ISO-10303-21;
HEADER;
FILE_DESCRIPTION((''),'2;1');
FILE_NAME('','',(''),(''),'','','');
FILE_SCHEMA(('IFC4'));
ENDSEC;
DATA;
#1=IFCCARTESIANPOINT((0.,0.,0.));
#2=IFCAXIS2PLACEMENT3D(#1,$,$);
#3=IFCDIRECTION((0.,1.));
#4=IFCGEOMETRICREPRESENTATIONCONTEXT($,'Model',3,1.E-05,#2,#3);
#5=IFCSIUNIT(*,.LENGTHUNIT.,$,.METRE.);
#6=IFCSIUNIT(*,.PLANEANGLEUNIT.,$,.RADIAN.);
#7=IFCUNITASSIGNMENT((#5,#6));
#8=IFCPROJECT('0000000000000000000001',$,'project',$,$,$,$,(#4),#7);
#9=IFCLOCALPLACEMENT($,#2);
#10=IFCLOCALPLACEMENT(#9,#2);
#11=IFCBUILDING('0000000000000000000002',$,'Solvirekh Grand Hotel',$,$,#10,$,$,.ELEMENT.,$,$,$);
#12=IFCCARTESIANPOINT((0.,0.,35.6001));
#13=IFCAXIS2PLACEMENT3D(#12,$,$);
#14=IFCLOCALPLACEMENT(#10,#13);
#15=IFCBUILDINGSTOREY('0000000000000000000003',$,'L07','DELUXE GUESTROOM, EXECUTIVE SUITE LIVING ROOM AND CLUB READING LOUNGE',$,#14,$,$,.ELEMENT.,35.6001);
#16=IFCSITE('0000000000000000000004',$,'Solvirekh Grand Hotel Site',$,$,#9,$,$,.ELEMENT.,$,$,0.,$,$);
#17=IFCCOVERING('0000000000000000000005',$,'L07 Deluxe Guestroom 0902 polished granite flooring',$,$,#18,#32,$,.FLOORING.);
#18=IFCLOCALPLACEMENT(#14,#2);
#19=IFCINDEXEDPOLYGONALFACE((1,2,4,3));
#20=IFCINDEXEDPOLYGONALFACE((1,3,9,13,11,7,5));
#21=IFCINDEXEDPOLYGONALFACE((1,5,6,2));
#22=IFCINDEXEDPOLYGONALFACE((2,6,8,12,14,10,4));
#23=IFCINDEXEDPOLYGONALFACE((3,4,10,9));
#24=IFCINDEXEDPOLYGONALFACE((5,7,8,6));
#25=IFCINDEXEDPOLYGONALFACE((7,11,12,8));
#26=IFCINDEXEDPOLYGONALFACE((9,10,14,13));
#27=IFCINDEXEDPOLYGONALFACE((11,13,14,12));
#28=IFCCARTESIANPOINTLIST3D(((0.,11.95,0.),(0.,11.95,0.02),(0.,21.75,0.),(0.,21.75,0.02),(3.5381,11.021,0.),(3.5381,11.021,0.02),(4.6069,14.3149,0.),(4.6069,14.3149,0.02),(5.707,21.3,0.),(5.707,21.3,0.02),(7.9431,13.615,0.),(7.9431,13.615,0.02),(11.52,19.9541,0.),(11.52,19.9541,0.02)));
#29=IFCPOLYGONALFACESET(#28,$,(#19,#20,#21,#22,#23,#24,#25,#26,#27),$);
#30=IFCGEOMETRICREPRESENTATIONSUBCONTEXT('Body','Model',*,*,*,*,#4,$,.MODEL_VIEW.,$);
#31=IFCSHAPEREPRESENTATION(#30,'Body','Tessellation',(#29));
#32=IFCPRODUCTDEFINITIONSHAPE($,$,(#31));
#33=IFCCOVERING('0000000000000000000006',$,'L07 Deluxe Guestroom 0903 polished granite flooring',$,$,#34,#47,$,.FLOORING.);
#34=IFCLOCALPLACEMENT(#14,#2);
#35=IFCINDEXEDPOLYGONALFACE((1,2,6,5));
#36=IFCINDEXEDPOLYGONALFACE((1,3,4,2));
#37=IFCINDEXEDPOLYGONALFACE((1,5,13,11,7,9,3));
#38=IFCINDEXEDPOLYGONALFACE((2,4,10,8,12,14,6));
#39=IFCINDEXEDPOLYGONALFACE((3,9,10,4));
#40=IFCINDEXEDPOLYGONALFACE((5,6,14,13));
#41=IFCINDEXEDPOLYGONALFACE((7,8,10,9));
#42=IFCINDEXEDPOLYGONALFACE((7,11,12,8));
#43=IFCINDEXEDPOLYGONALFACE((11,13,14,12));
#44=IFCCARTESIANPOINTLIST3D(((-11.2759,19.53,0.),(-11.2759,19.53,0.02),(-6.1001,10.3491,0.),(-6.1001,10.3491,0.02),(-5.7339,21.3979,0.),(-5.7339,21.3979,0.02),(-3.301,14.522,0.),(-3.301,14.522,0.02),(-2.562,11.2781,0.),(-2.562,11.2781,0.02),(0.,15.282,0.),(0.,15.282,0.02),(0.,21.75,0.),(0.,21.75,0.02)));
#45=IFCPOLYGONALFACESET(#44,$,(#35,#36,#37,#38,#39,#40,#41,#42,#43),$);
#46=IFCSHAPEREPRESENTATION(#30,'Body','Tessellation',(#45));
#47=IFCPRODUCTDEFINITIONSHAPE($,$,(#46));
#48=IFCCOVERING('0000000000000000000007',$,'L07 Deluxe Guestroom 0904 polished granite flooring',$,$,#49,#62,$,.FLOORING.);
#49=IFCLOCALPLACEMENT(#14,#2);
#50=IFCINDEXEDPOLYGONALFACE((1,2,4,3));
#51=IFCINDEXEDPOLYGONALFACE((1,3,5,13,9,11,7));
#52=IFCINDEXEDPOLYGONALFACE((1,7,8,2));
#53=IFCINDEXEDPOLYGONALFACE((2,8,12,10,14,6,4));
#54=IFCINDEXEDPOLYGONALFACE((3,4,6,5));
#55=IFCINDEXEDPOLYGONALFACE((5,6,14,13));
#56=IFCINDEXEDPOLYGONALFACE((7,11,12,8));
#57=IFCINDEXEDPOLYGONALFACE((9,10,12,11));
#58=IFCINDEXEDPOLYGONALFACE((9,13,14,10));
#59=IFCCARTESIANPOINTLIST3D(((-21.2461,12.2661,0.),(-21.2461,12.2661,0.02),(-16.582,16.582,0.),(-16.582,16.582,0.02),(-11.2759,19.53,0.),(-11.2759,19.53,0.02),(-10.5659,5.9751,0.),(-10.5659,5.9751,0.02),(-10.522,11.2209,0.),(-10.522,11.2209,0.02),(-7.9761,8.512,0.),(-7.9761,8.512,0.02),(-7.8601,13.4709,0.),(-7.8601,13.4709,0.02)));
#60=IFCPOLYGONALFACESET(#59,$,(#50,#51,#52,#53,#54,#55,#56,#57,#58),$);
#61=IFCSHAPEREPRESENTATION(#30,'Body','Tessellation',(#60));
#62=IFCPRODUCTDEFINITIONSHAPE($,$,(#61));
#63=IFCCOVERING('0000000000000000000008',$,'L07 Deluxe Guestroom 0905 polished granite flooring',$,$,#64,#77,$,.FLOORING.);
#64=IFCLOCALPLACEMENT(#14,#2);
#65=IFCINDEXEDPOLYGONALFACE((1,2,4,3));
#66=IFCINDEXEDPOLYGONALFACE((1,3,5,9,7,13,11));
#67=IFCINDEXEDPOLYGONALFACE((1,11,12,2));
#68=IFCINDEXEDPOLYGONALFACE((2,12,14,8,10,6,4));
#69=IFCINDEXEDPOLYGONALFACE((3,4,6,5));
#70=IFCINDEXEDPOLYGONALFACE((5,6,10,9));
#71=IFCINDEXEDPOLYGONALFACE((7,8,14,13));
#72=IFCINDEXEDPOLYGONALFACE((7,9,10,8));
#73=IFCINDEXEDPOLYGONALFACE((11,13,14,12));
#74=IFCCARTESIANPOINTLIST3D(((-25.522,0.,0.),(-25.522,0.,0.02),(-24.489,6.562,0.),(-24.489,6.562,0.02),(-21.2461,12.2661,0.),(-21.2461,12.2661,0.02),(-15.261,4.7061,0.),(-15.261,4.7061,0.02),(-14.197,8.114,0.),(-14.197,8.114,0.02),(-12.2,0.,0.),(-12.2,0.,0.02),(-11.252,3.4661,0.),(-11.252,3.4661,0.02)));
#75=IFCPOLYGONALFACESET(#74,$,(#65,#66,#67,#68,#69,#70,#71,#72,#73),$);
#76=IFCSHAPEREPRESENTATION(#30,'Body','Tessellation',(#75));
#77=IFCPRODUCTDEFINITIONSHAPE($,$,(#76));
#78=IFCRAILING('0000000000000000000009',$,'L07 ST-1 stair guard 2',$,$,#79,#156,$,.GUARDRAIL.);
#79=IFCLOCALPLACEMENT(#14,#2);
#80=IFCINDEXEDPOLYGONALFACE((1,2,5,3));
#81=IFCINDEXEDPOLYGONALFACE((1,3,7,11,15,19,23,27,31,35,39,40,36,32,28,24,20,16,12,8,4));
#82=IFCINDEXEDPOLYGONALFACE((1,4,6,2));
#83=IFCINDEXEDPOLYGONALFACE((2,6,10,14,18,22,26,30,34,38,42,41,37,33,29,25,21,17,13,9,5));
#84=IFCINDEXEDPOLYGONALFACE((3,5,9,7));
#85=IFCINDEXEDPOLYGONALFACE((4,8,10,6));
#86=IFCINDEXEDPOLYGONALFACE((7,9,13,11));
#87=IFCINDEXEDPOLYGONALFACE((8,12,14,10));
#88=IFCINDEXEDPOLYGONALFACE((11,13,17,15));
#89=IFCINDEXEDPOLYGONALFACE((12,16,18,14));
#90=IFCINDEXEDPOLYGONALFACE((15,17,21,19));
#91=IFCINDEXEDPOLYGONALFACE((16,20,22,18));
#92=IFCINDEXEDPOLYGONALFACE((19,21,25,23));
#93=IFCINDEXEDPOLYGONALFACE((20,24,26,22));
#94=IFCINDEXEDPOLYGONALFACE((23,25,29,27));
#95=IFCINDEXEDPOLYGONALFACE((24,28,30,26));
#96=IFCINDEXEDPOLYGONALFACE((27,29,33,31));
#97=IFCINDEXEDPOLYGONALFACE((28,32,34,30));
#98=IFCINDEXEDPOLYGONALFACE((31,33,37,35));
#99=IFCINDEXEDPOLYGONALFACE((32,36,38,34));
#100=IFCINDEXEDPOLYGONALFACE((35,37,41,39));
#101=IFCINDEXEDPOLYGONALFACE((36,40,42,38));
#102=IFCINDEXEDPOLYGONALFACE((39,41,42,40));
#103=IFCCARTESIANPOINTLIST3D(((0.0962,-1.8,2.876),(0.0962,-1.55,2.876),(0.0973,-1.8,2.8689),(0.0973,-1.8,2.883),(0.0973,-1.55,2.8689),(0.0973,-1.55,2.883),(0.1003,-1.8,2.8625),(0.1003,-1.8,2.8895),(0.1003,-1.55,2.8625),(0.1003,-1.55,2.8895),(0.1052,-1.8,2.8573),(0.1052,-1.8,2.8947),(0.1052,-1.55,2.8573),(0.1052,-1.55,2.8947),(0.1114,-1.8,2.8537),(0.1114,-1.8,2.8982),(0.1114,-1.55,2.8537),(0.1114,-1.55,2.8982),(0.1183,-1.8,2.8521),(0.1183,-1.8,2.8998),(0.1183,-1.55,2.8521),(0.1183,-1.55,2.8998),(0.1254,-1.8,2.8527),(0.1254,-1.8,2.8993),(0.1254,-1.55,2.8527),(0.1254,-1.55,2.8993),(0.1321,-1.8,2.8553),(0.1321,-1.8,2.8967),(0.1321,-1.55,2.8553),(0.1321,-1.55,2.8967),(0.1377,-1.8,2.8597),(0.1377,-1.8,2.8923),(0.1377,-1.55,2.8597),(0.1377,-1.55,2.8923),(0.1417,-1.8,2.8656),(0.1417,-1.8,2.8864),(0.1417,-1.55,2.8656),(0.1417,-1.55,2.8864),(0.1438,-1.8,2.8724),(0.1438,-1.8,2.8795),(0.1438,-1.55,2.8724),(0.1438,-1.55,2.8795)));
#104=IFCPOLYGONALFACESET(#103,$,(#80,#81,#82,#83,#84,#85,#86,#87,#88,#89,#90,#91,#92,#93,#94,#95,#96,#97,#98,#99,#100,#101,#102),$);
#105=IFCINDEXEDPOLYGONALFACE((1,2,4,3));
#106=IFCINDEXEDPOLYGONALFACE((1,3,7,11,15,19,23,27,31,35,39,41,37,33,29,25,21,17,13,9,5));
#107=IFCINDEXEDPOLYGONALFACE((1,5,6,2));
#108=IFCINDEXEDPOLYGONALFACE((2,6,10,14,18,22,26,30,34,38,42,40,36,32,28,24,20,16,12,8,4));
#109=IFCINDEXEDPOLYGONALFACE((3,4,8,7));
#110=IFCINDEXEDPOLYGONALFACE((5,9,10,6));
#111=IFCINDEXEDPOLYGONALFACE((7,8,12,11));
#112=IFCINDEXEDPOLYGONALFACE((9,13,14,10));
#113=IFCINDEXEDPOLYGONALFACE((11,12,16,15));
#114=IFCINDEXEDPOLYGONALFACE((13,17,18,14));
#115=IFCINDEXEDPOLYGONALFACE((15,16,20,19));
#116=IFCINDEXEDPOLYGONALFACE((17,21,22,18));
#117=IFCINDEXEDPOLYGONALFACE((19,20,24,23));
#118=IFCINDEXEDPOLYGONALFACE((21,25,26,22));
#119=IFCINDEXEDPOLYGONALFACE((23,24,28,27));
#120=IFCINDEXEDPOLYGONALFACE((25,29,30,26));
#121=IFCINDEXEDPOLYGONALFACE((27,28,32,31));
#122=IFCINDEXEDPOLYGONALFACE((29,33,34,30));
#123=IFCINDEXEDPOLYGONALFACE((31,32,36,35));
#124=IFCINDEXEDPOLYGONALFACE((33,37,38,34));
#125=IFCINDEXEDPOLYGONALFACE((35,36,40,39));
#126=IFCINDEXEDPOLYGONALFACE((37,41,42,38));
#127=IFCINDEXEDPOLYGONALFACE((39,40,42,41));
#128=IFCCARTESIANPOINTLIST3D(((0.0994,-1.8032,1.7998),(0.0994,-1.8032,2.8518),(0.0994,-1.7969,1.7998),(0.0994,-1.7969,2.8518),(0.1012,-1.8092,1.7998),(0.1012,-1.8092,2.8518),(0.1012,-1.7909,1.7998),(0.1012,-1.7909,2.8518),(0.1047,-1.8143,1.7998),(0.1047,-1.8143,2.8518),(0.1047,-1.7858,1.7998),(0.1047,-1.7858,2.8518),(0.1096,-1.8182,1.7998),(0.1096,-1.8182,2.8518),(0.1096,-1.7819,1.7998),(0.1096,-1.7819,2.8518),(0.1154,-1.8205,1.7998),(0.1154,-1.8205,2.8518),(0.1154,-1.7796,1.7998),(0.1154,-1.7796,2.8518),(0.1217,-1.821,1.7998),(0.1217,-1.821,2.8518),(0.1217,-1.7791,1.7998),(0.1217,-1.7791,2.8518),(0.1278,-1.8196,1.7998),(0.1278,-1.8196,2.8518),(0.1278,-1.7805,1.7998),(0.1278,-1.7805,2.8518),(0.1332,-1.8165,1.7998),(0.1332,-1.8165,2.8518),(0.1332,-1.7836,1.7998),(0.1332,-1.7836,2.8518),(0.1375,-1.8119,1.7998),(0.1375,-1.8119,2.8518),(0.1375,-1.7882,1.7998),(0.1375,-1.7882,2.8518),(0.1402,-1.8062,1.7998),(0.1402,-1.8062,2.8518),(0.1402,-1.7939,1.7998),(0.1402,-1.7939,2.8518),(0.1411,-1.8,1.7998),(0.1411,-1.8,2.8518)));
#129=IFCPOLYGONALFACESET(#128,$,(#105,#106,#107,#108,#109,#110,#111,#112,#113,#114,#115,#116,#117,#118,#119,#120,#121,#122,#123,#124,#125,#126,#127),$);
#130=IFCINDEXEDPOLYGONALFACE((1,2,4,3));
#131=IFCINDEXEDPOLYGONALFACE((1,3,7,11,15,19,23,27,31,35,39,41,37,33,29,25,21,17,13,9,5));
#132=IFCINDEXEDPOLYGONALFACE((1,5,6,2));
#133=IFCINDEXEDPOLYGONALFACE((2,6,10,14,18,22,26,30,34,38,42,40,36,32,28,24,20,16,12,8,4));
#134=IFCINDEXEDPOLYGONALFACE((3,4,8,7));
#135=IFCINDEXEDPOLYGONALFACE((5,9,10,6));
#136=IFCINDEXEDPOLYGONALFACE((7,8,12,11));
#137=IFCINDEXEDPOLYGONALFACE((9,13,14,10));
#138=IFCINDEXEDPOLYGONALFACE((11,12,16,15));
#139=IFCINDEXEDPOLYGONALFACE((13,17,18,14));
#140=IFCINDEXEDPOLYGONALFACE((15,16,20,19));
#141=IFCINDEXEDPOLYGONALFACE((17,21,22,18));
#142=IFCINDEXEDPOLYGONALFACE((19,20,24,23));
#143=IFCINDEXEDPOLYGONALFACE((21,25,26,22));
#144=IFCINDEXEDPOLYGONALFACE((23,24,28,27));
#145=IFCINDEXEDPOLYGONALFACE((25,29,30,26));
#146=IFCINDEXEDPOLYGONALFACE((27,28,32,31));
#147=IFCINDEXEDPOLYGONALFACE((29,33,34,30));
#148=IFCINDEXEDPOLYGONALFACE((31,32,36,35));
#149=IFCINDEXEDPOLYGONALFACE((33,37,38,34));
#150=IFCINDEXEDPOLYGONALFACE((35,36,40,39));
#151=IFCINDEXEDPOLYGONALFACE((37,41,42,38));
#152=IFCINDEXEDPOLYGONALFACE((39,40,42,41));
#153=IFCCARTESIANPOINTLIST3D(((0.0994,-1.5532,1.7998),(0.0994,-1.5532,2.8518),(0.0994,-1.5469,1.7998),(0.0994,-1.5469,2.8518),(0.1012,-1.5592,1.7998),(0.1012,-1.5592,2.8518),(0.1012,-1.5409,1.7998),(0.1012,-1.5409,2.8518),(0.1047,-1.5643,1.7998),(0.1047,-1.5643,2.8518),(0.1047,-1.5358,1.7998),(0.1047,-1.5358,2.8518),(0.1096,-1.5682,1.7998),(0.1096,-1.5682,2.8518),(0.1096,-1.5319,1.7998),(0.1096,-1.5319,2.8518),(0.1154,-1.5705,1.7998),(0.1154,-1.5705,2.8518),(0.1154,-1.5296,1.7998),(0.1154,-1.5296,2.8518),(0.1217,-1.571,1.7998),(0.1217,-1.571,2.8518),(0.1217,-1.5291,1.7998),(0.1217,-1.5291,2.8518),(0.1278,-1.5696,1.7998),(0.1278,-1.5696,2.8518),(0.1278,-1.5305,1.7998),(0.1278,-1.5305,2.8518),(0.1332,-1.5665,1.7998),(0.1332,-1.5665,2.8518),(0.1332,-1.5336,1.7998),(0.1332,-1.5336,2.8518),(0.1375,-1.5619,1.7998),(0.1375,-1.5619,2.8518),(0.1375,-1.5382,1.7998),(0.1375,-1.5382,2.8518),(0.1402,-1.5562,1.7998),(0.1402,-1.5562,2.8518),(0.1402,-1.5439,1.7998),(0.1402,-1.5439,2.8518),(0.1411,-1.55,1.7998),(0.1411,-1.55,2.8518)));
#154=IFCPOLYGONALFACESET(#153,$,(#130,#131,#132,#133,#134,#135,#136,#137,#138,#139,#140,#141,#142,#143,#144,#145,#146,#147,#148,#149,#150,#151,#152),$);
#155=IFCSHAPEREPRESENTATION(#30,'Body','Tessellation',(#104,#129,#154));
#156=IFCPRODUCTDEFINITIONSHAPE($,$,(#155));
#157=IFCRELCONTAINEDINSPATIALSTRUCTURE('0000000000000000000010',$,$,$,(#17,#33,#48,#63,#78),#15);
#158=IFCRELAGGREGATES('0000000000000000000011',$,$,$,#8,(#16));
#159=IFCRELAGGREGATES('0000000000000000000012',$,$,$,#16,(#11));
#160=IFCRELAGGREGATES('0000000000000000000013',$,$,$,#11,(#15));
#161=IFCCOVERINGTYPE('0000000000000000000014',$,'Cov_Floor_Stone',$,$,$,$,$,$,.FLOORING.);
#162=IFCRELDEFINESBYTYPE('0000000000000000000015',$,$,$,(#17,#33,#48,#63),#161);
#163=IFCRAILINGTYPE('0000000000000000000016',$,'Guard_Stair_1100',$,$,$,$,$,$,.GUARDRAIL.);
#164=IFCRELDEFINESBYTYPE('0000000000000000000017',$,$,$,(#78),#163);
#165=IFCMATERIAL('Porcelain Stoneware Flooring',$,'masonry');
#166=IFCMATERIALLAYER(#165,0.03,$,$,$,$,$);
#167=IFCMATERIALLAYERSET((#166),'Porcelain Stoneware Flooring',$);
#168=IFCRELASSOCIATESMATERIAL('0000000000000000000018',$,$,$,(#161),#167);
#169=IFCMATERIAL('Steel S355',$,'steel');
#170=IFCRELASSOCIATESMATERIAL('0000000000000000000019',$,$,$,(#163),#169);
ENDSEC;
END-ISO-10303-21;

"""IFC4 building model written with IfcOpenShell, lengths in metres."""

from ifc_helpers import new_model, si_unit, direction, frame, origin, origin_2d, place, context, subcontext, project, spatial, polyline, circle, outline, extrude, material, layer, layer_set, type_object, element, save


model = new_model("IFC4")

# Units and contexts
model_context = context("Model", 3, precision=1e-05, world=origin(), true_north=direction((0.0, 1.0)))
body_context = subcontext(model_context, "Body", "Model", "MODEL_VIEW")
ifc_project = project(units=[si_unit("LENGTHUNIT", "METRE"), si_unit("PLANEANGLEUNIT", "RADIAN")], contexts=[model_context])

# Site, building, storey
site_placement = place(None, origin())
site = spatial("IfcSite", under=ifc_project, at=site_placement, Name="Solvirekh Grand Hotel Site", CompositionType="ELEMENT", RefElevation=0.0)
building_placement = place(site_placement, origin())
building = spatial("IfcBuilding", under=site, at=building_placement, Name="Solvirekh Grand Hotel", CompositionType="ELEMENT")
storey_placement = place(building_placement, frame((0.0, 0.0, 35.6001)))
storey = spatial("IfcBuildingStorey", under=building, at=storey_placement, Name="L07", Description="DELUXE GUESTROOM, EXECUTIVE SUITE LIVING ROOM AND CLUB READING LOUNGE", CompositionType="ELEMENT", Elevation=35.6001)

# Coverings
ifc_material_1 = material(Name="Porcelain Stoneware Flooring", Category="masonry")
ifc_layer_1 = layer(ifc_material_1, 0.03)
ifc_layer_set_1 = layer_set([ifc_layer_1], Name="Porcelain Stoneware Flooring")
covering_type_1 = type_object("IfcCoveringType", Name="Cov_Floor_Stone", PredefinedType="FLOORING", material=ifc_layer_set_1)
covering_1_placement = place(storey_placement, origin())
element("IfcCovering", 1, at=covering_1_placement, inside=storey, type_object=covering_type_1, Name="L07 Deluxe Guestroom 0902 polished granite flooring", PredefinedType="FLOORING", context=body_context, shape_type="SweptSolid", body=[
    extrude(outline(polyline([(4.6069, 14.3149), (7.9431, 13.615), (11.52, 19.9541), (5.707, 21.3), (0.0, 21.75), (0.0, 11.95), (3.5381, 11.021), (4.6069, 14.3149)])), origin(), (0.0, 0.0, 1.0), 0.02),
])
covering_2_placement = place(storey_placement, origin())
element("IfcCovering", 2, at=covering_2_placement, inside=storey, type_object=covering_type_1, Name="L07 Deluxe Guestroom 0903 polished granite flooring", PredefinedType="FLOORING", context=body_context, shape_type="SweptSolid", body=[
    extrude(outline(polyline([(-3.301, 14.522), (0.0, 15.282), (0.0, 21.75), (-5.7339, 21.3979), (-11.2759, 19.53), (-6.1001, 10.3491), (-2.562, 11.2781), (-3.301, 14.522)])), origin(), (0.0, 0.0, 1.0), 0.02),
])
covering_3_placement = place(storey_placement, origin())
element("IfcCovering", 3, at=covering_3_placement, inside=storey, type_object=covering_type_1, Name="L07 Deluxe Guestroom 0904 polished granite flooring", PredefinedType="FLOORING", context=body_context, shape_type="SweptSolid", body=[
    extrude(outline(polyline([(-10.522, 11.2209), (-7.8601, 13.4709), (-11.2759, 19.53), (-16.582, 16.582), (-21.2461, 12.2661), (-10.5659, 5.9751), (-7.9761, 8.512), (-10.522, 11.2209)])), origin(), (0.0, 0.0, 1.0), 0.02),
])
covering_4_placement = place(storey_placement, origin())
element("IfcCovering", 4, at=covering_4_placement, inside=storey, type_object=covering_type_1, Name="L07 Deluxe Guestroom 0905 polished granite flooring", PredefinedType="FLOORING", context=body_context, shape_type="SweptSolid", body=[
    extrude(outline(polyline([(-15.261, 4.7061), (-14.197, 8.114), (-21.2461, 12.2661), (-24.489, 6.562), (-25.522, 0.0), (-12.2, 0.0), (-11.252, 3.4661), (-15.261, 4.7061)])), origin(), (0.0, 0.0, 1.0), 0.02),
])

# Railing
ifc_material_2 = material(Name="Steel S355", Category="steel")
railing_type_1 = type_object("IfcRailingType", Name="Guard_Stair_1100", PredefinedType="GUARDRAIL", material=ifc_material_2)
railing_1_placement = place(storey_placement, frame((0.1201, -1.8, 1.7998)))
element("IfcRailing", 5, at=railing_1_placement, inside=storey, type_object=railing_type_1, Name="L07 ST-1 stair guard 2", PredefinedType="GUARDRAIL", context=body_context, shape_type="SweptSolid", body=[
    extrude(circle(Radius=0.0239, at=origin_2d()), frame((0.0, 0.0, 1.0762), z_axis=(0.0, 1.0, 0.0), x_axis=(-1.0, 0.0, 0.0)), (0.0, 0.0, 1.0), 0.25),
    extrude(circle(Radius=0.021, at=origin_2d()), origin(), (0.0, 0.0, 1.0), 1.052),
    extrude(circle(Radius=0.021, at=origin_2d()), frame((0.0, 0.25, 0.0)), (0.0, 0.0, 1.0), 1.052),
])

save(model, "model.ifc")
